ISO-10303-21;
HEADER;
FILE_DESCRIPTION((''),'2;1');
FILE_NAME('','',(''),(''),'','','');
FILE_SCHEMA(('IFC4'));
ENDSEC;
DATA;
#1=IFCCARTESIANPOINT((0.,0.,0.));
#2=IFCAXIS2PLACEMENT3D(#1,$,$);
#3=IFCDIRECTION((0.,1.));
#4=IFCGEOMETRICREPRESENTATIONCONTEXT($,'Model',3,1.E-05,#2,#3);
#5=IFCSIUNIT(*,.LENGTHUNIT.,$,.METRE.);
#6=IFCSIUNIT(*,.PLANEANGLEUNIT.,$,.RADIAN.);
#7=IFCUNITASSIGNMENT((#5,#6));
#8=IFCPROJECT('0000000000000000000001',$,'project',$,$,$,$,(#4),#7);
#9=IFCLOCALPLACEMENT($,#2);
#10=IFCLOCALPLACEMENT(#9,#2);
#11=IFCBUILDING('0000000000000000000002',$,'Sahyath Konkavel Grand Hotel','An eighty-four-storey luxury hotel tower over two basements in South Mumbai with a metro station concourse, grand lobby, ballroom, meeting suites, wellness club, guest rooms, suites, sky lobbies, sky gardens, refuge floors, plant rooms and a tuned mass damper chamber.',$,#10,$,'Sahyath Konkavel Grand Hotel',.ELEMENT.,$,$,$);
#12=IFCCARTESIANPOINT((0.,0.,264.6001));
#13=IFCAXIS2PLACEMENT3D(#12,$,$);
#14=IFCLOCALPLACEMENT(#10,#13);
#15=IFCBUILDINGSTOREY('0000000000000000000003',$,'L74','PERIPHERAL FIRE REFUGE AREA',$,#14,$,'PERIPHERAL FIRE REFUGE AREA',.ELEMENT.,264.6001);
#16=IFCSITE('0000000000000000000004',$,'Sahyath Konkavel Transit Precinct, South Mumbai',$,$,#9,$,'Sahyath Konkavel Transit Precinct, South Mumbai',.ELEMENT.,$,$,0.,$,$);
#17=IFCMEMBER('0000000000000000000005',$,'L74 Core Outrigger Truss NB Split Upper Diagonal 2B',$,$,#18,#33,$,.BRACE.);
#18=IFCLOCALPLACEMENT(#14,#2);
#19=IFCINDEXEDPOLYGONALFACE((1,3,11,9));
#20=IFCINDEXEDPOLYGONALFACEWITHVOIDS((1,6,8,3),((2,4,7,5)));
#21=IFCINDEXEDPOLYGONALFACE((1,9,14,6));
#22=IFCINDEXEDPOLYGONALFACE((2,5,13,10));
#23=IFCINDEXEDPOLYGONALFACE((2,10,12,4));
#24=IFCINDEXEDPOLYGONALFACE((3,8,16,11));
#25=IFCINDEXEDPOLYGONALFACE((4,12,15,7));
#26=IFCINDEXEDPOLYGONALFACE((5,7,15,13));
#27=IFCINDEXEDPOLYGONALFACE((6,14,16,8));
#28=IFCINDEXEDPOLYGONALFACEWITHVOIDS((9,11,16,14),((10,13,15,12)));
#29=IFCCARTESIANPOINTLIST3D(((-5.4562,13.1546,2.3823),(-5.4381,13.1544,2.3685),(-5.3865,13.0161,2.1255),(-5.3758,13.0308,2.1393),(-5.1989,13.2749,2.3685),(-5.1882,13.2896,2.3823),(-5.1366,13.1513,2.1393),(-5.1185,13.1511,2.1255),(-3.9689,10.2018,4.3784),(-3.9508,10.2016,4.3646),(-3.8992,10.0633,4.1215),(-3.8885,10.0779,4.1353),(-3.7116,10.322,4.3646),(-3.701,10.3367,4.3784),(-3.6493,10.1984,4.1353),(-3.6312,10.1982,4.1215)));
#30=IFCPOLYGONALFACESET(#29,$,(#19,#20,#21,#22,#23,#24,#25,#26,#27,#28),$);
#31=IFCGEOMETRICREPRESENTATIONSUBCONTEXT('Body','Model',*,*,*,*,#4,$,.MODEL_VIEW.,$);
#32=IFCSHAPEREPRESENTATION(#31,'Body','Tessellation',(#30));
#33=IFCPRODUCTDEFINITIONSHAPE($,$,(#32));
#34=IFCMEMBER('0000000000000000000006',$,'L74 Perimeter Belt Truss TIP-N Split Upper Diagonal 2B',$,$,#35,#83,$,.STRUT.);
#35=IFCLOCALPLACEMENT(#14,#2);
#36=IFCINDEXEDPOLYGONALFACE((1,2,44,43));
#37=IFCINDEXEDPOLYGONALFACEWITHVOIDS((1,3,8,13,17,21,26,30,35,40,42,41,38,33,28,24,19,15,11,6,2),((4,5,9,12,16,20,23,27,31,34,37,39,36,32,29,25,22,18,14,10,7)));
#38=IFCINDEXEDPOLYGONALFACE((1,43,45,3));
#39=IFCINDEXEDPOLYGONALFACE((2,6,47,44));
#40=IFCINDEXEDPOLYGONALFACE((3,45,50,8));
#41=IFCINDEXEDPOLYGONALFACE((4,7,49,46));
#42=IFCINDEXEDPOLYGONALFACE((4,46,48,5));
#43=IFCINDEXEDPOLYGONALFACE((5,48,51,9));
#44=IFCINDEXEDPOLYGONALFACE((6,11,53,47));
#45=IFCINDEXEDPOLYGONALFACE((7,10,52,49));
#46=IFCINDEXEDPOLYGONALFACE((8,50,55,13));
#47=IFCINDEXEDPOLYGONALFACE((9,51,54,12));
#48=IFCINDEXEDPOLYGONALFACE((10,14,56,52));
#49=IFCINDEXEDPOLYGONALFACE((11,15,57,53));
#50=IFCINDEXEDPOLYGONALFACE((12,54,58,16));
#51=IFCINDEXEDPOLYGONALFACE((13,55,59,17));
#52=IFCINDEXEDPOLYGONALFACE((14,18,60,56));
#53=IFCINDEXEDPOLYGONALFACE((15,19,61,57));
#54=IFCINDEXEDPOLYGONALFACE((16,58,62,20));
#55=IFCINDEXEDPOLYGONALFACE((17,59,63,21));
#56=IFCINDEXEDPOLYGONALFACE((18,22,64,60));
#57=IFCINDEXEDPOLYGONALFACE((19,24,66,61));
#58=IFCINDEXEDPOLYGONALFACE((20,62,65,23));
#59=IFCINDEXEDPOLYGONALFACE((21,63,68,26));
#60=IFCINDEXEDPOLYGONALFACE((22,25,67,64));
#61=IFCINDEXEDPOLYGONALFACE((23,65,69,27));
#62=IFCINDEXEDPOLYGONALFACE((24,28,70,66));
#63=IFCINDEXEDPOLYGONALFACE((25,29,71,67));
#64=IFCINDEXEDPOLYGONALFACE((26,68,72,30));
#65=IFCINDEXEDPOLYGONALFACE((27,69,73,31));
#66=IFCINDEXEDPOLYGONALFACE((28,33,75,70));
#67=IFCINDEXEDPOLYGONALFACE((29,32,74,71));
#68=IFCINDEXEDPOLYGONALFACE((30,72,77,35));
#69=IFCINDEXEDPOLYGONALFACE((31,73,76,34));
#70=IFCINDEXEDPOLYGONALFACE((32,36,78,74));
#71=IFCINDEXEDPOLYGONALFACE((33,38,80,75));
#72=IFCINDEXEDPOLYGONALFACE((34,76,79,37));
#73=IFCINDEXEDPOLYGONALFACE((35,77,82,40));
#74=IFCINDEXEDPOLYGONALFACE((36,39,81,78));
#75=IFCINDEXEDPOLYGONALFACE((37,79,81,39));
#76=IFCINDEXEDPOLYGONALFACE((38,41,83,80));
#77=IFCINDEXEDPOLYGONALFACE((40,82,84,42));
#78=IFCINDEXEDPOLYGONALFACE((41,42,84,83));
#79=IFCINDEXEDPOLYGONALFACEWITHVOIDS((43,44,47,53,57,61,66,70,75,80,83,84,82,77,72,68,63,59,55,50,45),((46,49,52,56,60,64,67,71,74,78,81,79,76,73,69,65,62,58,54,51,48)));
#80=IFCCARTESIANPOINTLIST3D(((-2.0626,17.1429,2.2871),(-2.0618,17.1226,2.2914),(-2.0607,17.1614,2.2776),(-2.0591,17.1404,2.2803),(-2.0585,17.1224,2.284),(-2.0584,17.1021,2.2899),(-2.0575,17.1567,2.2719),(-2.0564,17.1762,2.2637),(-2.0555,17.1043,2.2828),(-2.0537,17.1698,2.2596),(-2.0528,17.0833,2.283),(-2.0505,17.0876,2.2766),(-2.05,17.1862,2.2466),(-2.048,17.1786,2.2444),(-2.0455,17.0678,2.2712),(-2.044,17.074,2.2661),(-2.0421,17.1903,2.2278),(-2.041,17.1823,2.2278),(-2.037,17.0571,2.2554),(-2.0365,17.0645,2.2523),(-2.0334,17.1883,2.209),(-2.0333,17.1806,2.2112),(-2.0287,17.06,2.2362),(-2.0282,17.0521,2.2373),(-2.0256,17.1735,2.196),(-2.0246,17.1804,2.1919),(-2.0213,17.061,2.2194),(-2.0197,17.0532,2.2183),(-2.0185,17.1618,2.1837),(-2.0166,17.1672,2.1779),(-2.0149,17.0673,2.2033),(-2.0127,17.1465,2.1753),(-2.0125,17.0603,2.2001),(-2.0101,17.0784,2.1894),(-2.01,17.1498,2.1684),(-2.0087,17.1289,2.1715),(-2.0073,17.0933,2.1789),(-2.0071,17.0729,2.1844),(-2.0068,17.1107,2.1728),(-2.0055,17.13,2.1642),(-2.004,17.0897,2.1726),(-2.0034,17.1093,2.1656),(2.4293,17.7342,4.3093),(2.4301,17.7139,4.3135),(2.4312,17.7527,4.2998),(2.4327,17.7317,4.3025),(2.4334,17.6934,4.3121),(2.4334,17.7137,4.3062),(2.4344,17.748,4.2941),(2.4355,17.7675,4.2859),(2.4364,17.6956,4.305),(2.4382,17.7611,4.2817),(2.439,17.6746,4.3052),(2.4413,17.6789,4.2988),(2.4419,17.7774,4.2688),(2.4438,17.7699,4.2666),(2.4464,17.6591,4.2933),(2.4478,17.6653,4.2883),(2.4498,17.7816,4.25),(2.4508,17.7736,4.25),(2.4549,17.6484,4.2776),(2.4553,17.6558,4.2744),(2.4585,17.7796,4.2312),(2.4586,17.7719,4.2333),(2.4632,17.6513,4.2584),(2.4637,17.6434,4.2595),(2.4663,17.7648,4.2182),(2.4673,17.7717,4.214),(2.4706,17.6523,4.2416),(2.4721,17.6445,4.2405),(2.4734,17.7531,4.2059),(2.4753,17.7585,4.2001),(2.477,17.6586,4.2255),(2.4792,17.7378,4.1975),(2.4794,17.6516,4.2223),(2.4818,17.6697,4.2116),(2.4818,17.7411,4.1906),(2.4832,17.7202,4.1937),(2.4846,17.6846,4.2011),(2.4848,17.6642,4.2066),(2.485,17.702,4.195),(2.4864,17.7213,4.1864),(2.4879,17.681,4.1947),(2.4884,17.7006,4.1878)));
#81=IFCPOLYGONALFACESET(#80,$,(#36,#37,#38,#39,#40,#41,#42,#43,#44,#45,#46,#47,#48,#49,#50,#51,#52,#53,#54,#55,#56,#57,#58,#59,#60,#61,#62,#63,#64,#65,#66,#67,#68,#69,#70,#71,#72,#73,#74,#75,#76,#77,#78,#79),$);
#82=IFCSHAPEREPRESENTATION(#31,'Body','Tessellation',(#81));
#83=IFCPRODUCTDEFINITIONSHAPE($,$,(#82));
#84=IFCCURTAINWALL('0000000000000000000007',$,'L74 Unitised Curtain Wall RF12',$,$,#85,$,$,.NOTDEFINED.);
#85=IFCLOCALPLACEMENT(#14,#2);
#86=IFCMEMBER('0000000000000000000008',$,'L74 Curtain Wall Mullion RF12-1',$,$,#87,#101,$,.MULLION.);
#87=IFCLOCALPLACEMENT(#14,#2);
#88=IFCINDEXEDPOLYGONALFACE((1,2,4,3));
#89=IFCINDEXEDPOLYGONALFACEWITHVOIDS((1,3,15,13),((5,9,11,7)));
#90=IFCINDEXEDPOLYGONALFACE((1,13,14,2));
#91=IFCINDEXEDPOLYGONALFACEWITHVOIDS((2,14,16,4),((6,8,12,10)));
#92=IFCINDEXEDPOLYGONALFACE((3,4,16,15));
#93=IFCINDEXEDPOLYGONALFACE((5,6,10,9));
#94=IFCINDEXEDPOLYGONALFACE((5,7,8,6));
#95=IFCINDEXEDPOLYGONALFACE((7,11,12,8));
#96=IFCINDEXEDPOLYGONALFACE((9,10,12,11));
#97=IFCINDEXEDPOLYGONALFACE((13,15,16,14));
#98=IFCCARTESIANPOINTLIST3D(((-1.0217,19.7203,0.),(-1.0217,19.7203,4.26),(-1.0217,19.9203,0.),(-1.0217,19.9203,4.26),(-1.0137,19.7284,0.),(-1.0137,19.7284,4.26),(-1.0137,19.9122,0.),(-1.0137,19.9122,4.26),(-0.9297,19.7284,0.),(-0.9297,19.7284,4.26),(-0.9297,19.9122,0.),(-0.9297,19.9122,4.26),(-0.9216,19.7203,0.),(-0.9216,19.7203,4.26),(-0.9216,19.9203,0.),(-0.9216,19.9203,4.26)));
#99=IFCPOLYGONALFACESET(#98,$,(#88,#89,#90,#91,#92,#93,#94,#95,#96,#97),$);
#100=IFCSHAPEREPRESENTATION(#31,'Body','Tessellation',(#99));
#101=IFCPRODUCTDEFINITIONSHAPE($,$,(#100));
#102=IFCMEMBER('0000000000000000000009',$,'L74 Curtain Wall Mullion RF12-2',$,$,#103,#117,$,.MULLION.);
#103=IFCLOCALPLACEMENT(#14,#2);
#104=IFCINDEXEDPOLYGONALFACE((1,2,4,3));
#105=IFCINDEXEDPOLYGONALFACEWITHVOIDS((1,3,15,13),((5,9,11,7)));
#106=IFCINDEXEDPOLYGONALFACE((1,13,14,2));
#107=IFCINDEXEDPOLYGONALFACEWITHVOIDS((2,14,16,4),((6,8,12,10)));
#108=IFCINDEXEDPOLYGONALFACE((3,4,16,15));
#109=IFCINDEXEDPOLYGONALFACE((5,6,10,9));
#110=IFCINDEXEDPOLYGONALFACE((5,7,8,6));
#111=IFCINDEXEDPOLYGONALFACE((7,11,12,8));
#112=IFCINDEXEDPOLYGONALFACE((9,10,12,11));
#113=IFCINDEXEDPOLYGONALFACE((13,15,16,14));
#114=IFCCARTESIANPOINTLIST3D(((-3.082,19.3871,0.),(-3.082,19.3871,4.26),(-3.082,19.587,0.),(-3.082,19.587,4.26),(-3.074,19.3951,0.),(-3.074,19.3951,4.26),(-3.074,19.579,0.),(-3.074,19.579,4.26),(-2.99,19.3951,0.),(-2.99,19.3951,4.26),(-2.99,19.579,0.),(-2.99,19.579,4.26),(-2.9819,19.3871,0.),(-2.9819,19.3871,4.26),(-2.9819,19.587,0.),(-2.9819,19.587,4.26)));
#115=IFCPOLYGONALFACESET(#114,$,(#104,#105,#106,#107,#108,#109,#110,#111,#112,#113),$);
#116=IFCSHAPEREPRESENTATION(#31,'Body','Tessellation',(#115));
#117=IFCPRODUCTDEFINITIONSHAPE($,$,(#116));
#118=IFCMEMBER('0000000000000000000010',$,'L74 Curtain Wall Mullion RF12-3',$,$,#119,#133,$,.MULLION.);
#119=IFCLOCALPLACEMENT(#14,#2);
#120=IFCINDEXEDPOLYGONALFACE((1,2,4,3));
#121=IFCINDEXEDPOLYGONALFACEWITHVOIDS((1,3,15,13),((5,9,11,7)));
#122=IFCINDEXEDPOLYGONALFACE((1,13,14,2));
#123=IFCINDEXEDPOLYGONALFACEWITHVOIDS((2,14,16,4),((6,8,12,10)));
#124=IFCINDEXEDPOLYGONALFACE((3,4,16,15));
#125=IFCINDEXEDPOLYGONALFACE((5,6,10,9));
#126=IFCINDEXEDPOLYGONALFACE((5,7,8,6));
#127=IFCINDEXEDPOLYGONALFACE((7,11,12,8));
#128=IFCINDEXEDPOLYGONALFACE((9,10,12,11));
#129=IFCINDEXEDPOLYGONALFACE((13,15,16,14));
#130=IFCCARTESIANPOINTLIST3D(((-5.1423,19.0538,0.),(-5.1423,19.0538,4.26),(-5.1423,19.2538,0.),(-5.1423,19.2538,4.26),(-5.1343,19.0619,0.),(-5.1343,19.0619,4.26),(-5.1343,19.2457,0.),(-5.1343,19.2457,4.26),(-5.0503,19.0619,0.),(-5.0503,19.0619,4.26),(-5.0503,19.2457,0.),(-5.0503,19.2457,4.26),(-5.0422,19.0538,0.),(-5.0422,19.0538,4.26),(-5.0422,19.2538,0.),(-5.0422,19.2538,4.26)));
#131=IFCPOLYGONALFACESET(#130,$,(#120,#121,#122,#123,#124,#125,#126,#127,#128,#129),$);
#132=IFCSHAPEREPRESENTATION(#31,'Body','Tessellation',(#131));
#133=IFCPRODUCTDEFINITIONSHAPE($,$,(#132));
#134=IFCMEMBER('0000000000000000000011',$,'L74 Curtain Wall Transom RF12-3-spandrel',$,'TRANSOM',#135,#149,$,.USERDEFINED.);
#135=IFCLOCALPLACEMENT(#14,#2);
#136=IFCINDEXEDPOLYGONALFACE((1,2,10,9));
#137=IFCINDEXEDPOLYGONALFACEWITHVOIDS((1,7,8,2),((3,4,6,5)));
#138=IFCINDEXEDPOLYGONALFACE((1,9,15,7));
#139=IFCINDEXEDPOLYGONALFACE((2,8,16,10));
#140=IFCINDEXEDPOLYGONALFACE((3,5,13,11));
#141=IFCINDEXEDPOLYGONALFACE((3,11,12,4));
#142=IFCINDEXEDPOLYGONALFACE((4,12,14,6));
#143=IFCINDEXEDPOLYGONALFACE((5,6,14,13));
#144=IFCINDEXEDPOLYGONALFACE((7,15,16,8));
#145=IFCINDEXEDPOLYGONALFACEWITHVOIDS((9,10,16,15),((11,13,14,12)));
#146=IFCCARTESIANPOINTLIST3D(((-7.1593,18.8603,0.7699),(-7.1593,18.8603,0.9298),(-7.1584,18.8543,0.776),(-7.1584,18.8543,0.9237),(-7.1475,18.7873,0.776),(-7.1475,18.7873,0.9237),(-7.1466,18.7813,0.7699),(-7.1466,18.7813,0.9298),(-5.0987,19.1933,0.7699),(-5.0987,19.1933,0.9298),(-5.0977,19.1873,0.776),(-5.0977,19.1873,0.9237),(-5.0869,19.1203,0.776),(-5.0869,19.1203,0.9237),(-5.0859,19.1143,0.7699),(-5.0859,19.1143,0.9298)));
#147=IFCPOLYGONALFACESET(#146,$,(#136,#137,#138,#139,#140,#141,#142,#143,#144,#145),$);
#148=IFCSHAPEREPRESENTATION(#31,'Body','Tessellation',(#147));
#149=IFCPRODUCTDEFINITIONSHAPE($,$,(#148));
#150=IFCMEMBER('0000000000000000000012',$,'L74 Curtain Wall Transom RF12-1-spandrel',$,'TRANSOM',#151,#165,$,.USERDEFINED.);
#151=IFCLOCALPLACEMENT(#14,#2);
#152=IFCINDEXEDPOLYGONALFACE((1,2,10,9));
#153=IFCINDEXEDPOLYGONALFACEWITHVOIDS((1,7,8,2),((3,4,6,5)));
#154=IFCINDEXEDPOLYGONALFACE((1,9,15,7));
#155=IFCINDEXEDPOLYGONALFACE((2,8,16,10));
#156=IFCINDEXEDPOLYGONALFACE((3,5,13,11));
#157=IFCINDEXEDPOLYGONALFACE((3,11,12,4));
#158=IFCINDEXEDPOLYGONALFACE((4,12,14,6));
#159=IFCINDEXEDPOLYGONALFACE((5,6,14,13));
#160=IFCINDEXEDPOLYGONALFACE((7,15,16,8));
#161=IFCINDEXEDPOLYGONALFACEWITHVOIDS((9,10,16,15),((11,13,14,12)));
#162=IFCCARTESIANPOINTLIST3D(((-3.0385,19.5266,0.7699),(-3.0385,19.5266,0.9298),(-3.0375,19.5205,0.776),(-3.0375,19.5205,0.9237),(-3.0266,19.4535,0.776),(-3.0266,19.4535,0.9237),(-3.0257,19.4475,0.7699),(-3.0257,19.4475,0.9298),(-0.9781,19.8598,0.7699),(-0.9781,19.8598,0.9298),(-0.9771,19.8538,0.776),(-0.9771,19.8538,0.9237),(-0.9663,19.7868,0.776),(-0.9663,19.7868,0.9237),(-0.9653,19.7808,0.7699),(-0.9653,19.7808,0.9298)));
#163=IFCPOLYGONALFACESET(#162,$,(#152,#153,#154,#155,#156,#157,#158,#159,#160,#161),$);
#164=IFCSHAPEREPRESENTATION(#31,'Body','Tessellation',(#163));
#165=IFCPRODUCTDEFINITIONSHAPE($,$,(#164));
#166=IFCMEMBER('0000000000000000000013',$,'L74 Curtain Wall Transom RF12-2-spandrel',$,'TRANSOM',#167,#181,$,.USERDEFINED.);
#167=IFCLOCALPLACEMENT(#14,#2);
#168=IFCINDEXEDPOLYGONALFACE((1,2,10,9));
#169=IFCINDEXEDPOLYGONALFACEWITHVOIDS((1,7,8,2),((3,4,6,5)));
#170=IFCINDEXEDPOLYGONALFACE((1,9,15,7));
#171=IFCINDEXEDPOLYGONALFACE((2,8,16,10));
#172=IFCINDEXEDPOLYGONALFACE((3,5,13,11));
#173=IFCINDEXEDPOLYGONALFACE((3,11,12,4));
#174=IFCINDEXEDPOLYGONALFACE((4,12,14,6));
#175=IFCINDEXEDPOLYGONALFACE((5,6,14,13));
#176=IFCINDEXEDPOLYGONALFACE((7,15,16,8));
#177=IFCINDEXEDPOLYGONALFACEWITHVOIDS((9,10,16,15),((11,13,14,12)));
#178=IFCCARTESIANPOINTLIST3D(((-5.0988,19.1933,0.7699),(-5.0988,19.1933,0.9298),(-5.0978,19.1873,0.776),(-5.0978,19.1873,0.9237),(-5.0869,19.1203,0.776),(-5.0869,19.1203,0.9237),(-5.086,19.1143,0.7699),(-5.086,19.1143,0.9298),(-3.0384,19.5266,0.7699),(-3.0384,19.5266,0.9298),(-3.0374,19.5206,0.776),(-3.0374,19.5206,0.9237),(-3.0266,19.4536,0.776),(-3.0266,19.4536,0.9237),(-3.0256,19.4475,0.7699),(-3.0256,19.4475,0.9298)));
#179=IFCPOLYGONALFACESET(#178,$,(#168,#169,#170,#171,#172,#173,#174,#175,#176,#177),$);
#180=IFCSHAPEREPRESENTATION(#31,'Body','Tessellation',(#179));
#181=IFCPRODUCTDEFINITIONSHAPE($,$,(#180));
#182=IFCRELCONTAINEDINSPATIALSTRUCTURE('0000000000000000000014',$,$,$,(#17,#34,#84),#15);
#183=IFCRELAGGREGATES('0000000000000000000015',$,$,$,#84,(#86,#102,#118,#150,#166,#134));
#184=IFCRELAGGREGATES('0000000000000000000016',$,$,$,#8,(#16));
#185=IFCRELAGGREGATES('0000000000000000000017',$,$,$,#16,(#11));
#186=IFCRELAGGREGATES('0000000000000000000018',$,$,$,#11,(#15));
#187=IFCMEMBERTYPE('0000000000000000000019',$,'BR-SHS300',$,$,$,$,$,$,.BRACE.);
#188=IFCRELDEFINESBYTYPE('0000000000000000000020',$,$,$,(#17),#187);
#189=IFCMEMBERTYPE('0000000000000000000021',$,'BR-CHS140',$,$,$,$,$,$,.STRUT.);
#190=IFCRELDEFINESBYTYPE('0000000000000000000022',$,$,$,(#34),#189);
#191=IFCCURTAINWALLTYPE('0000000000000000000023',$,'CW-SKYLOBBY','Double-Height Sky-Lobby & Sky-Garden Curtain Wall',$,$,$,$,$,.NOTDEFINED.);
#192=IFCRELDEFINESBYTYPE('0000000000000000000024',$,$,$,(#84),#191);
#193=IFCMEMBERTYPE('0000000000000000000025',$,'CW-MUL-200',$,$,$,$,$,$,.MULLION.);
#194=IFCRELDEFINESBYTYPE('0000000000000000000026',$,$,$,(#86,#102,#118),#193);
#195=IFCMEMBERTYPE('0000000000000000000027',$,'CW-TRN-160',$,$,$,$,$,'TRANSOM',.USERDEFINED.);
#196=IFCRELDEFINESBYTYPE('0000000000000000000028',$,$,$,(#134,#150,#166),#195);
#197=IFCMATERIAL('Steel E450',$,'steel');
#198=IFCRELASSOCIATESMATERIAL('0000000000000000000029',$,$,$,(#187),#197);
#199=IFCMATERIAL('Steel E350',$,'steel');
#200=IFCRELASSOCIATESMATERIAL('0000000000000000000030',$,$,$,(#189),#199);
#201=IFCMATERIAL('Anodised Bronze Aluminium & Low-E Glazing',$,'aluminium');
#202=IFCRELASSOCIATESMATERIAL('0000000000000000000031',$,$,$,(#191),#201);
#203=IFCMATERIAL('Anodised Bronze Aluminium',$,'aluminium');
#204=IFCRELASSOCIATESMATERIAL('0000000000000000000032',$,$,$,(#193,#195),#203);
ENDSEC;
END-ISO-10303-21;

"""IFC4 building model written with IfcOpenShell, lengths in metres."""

from ifc_helpers import new_model, si_unit, direction, frame, origin, origin_2d, place, context, subcontext, project, spatial, hollow_rectangle, hollow_circle, extrude, source, transform, mapped, material, material_profile, profile_set, type_object, element, aggregate, save


model = new_model("IFC4")

# Units and contexts
model_context = context("Model", 3, precision=1e-05, world=origin(), true_north=direction((0.0, 1.0)))
body_context = subcontext(model_context, "Body", "Model", "MODEL_VIEW")
ifc_project = project(units=[si_unit("LENGTHUNIT", "METRE"), si_unit("PLANEANGLEUNIT", "RADIAN")], contexts=[model_context])

# Site, building, storey
site_placement = place(None, origin())
site = spatial("IfcSite", under=ifc_project, at=site_placement, Name="Sahyath Konkavel Transit Precinct, South Mumbai", LongName="Sahyath Konkavel Transit Precinct, South Mumbai", CompositionType="ELEMENT", RefElevation=0.0)
building_placement = place(site_placement, origin())
building = spatial("IfcBuilding", under=site, at=building_placement, Name="Sahyath Konkavel Grand Hotel", Description="An eighty-four-storey luxury hotel tower over two basements in South Mumbai with a metro station concourse, grand lobby, ballroom, meeting suites, wellness club, guest rooms, suites, sky lobbies, sky gardens, refuge floors, plant rooms and a tuned mass damper chamber.", LongName="Sahyath Konkavel Grand Hotel", CompositionType="ELEMENT")
storey_placement = place(building_placement, frame((0.0, 0.0, 264.6001)))
storey = spatial("IfcBuildingStorey", under=building, at=storey_placement, Name="L74", Description="PERIPHERAL FIRE REFUGE AREA", LongName="PERIPHERAL FIRE REFUGE AREA", CompositionType="ELEMENT", Elevation=264.6001)

# Members
ifc_material_1 = material(Name="Steel E450", Category="steel")
ifc_material_profile_1 = material_profile(ifc_material_1, hollow_rectangle(XDim=0.3, YDim=0.3, WallThickness=0.0161, at=origin_2d()), Name="SHS 300x300x16")
ifc_profile_set_1 = profile_set([ifc_material_profile_1], Name="Steel E450")
member_type_1 = type_object("IfcMemberType", Name="BR-SHS300", PredefinedType="BRACE", material=ifc_profile_set_1)
shared_shape_1 = source(origin(), body_context, "Body", "SweptSolid", [
    extrude(hollow_rectangle(XDim=0.3, YDim=0.3, WallThickness=0.0161, at=origin_2d()), origin(), (0.0, 0.0, 1.0), 3.8621),
])
member_1_placement = place(storey_placement, frame((-5.2874, 13.1528, 2.2539), z_axis=(0.385101, -0.764575, 0.516839), x_axis=(0.893109, 0.44984, 0.0)))
element("IfcMember", 1, at=member_1_placement, inside=storey, type_object=member_type_1, Name="L74 Core Outrigger Truss NB Split Upper Diagonal 2B", PredefinedType="BRACE", context=body_context, shape_type="MappedRepresentation", body=[
    mapped(shared_shape_1, transform((0.0, 0.0, 0.0), scale=1.0)),
])
ifc_material_2 = material(Name="Steel E350", Category="steel")
ifc_material_profile_2 = material_profile(ifc_material_2, hollow_circle(Radius=0.0698, WallThickness=0.0081, at=origin_2d()), Name="CHS 139.7x8")
ifc_profile_set_2 = profile_set([ifc_material_profile_2], Name="Steel E350")
member_type_2 = type_object("IfcMemberType", Name="BR-CHS140", PredefinedType="STRUT", material=ifc_profile_set_2)
shared_shape_2 = source(origin(), body_context, "Body", "SweptSolid", [
    extrude(hollow_circle(Radius=0.0698, WallThickness=0.0081, at=origin_2d()), origin(), (0.0, 0.0, 1.0), 4.9614),
])
member_2_placement = place(storey_placement, frame((-2.033, 17.1211, 2.2278), z_axis=(0.905358, 0.119179, 0.407581), x_axis=(-0.130512, 0.991447, 0.0)))
element("IfcMember", 2, at=member_2_placement, inside=storey, type_object=member_type_2, Name="L74 Perimeter Belt Truss TIP-N Split Upper Diagonal 2B", PredefinedType="STRUT", context=body_context, shape_type="MappedRepresentation", body=[
    mapped(shared_shape_2, transform((0.0, 0.0, 0.0), scale=1.0)),
])

# Curtain wall, members
ifc_material_3 = material(Name="Anodised Bronze Aluminium & Low-E Glazing", Category="aluminium")
curtain_wall_type = type_object("IfcCurtainWallType", Name="CW-SKYLOBBY", Description="Double-Height Sky-Lobby & Sky-Garden Curtain Wall", PredefinedType="NOTDEFINED", material=ifc_material_3)
curtain_wall_placement = place(storey_placement, origin())
curtain_wall = element("IfcCurtainWall", 3, at=curtain_wall_placement, inside=storey, type_object=curtain_wall_type, Name="L74 Unitised Curtain Wall RF12", PredefinedType="NOTDEFINED")
ifc_material_4 = material(Name="Anodised Bronze Aluminium", Category="aluminium")
ifc_material_profile_3 = material_profile(ifc_material_4, hollow_rectangle(XDim=0.1001, YDim=0.2, WallThickness=0.0081, at=origin_2d()), Name="RHS 200x100x8")
ifc_profile_set_3 = profile_set([ifc_material_profile_3], Name="Anodised Bronze Aluminium")
member_type_3 = type_object("IfcMemberType", Name="CW-MUL-200", PredefinedType="MULLION", material=ifc_profile_set_3)
shared_shape_3 = source(origin(), body_context, "Body", "SweptSolid", [
    extrude(hollow_rectangle(XDim=0.1001, YDim=0.2, WallThickness=0.0081, at=origin_2d()), origin(), (0.0, 0.0, 1.0), 4.26),
])
member_3_placement = place(storey_placement, frame((-0.9717, 19.8203, 0.0), z_axis=(0.0, 0.0, 1.0), x_axis=(1.0, 0.0, 0.0)))
member_3 = element("IfcMember", 4, at=member_3_placement, type_object=member_type_3, Name="L74 Curtain Wall Mullion RF12-1", PredefinedType="MULLION", context=body_context, shape_type="MappedRepresentation", body=[
    mapped(shared_shape_3, transform((0.0, 0.0, 0.0), scale=1.0)),
])
member_4_placement = place(storey_placement, frame((-3.032, 19.4871, 0.0), z_axis=(0.0, 0.0, 1.0), x_axis=(1.0, 0.0, 0.0)))
member_4 = element("IfcMember", 5, at=member_4_placement, type_object=member_type_3, Name="L74 Curtain Wall Mullion RF12-2", PredefinedType="MULLION", context=body_context, shape_type="MappedRepresentation", body=[
    mapped(shared_shape_3, transform((0.0, 0.0, 0.0), scale=1.0)),
])
member_5_placement = place(storey_placement, frame((-5.0923, 19.1538, 0.0), z_axis=(0.0, 0.0, 1.0), x_axis=(1.0, 0.0, 0.0)))
member_5 = element("IfcMember", 6, at=member_5_placement, type_object=member_type_3, Name="L74 Curtain Wall Mullion RF12-3", PredefinedType="MULLION", context=body_context, shape_type="MappedRepresentation", body=[
    mapped(shared_shape_3, transform((0.0, 0.0, 0.0), scale=1.0)),
])
ifc_material_profile_4 = material_profile(ifc_material_4, hollow_rectangle(XDim=0.0801, YDim=0.1599, WallThickness=0.0061, at=origin_2d()), Name="RHS 160x80x6")
ifc_profile_set_4 = profile_set([ifc_material_profile_4], Name="Anodised Bronze Aluminium")
member_type_4 = type_object("IfcMemberType", Name="CW-TRN-160", ElementType="TRANSOM", PredefinedType="USERDEFINED", material=ifc_profile_set_4)
shared_shape_4 = source(origin(), body_context, "Body", "SweptSolid", [
    extrude(hollow_rectangle(XDim=0.0801, YDim=0.1599, WallThickness=0.0061, at=origin_2d()), origin(), (0.0, 0.0, 1.0), 2.0874),
])
member_6_placement = place(storey_placement, frame((-5.0923, 19.1538, 0.8499), z_axis=(-0.987191, -0.159541, 0.0), x_axis=(0.159541, -0.987191, 0.0)))
member_6 = element("IfcMember", 7, at=member_6_placement, type_object=member_type_4, Name="L74 Curtain Wall Transom RF12-3-spandrel", ObjectType="TRANSOM", PredefinedType="USERDEFINED", context=body_context, shape_type="MappedRepresentation", body=[
    mapped(shared_shape_4, transform((0.0, 0.0, 0.0), scale=1.0)),
])
shared_shape_5 = source(origin(), body_context, "Body", "SweptSolid", [
    extrude(hollow_rectangle(XDim=0.0801, YDim=0.1599, WallThickness=0.0061, at=origin_2d()), origin(), (0.0, 0.0, 1.0), 2.0872),
])
member_7_placement = place(storey_placement, frame((-0.9717, 19.8203, 0.8499), z_axis=(-0.98717, -0.159674, 0.0), x_axis=(0.159674, -0.98717, 0.0)))
member_7 = element("IfcMember", 8, at=member_7_placement, type_object=member_type_4, Name="L74 Curtain Wall Transom RF12-1-spandrel", ObjectType="TRANSOM", PredefinedType="USERDEFINED", context=body_context, shape_type="MappedRepresentation", body=[
    mapped(shared_shape_5, transform((0.0, 0.0, 0.0), scale=1.0)),
])
member_8_placement = place(storey_placement, frame((-3.032, 19.4871, 0.8499), z_axis=(-0.98717, -0.159674, 0.0), x_axis=(0.159674, -0.98717, 0.0)))
member_8 = element("IfcMember", 9, at=member_8_placement, type_object=member_type_4, Name="L74 Curtain Wall Transom RF12-2-spandrel", ObjectType="TRANSOM", PredefinedType="USERDEFINED", context=body_context, shape_type="MappedRepresentation", body=[
    mapped(shared_shape_5, transform((0.0, 0.0, 0.0), scale=1.0)),
])

aggregate(curtain_wall, [member_3, member_4, member_5, member_7, member_8, member_6])

save(model, "model.ifc")
